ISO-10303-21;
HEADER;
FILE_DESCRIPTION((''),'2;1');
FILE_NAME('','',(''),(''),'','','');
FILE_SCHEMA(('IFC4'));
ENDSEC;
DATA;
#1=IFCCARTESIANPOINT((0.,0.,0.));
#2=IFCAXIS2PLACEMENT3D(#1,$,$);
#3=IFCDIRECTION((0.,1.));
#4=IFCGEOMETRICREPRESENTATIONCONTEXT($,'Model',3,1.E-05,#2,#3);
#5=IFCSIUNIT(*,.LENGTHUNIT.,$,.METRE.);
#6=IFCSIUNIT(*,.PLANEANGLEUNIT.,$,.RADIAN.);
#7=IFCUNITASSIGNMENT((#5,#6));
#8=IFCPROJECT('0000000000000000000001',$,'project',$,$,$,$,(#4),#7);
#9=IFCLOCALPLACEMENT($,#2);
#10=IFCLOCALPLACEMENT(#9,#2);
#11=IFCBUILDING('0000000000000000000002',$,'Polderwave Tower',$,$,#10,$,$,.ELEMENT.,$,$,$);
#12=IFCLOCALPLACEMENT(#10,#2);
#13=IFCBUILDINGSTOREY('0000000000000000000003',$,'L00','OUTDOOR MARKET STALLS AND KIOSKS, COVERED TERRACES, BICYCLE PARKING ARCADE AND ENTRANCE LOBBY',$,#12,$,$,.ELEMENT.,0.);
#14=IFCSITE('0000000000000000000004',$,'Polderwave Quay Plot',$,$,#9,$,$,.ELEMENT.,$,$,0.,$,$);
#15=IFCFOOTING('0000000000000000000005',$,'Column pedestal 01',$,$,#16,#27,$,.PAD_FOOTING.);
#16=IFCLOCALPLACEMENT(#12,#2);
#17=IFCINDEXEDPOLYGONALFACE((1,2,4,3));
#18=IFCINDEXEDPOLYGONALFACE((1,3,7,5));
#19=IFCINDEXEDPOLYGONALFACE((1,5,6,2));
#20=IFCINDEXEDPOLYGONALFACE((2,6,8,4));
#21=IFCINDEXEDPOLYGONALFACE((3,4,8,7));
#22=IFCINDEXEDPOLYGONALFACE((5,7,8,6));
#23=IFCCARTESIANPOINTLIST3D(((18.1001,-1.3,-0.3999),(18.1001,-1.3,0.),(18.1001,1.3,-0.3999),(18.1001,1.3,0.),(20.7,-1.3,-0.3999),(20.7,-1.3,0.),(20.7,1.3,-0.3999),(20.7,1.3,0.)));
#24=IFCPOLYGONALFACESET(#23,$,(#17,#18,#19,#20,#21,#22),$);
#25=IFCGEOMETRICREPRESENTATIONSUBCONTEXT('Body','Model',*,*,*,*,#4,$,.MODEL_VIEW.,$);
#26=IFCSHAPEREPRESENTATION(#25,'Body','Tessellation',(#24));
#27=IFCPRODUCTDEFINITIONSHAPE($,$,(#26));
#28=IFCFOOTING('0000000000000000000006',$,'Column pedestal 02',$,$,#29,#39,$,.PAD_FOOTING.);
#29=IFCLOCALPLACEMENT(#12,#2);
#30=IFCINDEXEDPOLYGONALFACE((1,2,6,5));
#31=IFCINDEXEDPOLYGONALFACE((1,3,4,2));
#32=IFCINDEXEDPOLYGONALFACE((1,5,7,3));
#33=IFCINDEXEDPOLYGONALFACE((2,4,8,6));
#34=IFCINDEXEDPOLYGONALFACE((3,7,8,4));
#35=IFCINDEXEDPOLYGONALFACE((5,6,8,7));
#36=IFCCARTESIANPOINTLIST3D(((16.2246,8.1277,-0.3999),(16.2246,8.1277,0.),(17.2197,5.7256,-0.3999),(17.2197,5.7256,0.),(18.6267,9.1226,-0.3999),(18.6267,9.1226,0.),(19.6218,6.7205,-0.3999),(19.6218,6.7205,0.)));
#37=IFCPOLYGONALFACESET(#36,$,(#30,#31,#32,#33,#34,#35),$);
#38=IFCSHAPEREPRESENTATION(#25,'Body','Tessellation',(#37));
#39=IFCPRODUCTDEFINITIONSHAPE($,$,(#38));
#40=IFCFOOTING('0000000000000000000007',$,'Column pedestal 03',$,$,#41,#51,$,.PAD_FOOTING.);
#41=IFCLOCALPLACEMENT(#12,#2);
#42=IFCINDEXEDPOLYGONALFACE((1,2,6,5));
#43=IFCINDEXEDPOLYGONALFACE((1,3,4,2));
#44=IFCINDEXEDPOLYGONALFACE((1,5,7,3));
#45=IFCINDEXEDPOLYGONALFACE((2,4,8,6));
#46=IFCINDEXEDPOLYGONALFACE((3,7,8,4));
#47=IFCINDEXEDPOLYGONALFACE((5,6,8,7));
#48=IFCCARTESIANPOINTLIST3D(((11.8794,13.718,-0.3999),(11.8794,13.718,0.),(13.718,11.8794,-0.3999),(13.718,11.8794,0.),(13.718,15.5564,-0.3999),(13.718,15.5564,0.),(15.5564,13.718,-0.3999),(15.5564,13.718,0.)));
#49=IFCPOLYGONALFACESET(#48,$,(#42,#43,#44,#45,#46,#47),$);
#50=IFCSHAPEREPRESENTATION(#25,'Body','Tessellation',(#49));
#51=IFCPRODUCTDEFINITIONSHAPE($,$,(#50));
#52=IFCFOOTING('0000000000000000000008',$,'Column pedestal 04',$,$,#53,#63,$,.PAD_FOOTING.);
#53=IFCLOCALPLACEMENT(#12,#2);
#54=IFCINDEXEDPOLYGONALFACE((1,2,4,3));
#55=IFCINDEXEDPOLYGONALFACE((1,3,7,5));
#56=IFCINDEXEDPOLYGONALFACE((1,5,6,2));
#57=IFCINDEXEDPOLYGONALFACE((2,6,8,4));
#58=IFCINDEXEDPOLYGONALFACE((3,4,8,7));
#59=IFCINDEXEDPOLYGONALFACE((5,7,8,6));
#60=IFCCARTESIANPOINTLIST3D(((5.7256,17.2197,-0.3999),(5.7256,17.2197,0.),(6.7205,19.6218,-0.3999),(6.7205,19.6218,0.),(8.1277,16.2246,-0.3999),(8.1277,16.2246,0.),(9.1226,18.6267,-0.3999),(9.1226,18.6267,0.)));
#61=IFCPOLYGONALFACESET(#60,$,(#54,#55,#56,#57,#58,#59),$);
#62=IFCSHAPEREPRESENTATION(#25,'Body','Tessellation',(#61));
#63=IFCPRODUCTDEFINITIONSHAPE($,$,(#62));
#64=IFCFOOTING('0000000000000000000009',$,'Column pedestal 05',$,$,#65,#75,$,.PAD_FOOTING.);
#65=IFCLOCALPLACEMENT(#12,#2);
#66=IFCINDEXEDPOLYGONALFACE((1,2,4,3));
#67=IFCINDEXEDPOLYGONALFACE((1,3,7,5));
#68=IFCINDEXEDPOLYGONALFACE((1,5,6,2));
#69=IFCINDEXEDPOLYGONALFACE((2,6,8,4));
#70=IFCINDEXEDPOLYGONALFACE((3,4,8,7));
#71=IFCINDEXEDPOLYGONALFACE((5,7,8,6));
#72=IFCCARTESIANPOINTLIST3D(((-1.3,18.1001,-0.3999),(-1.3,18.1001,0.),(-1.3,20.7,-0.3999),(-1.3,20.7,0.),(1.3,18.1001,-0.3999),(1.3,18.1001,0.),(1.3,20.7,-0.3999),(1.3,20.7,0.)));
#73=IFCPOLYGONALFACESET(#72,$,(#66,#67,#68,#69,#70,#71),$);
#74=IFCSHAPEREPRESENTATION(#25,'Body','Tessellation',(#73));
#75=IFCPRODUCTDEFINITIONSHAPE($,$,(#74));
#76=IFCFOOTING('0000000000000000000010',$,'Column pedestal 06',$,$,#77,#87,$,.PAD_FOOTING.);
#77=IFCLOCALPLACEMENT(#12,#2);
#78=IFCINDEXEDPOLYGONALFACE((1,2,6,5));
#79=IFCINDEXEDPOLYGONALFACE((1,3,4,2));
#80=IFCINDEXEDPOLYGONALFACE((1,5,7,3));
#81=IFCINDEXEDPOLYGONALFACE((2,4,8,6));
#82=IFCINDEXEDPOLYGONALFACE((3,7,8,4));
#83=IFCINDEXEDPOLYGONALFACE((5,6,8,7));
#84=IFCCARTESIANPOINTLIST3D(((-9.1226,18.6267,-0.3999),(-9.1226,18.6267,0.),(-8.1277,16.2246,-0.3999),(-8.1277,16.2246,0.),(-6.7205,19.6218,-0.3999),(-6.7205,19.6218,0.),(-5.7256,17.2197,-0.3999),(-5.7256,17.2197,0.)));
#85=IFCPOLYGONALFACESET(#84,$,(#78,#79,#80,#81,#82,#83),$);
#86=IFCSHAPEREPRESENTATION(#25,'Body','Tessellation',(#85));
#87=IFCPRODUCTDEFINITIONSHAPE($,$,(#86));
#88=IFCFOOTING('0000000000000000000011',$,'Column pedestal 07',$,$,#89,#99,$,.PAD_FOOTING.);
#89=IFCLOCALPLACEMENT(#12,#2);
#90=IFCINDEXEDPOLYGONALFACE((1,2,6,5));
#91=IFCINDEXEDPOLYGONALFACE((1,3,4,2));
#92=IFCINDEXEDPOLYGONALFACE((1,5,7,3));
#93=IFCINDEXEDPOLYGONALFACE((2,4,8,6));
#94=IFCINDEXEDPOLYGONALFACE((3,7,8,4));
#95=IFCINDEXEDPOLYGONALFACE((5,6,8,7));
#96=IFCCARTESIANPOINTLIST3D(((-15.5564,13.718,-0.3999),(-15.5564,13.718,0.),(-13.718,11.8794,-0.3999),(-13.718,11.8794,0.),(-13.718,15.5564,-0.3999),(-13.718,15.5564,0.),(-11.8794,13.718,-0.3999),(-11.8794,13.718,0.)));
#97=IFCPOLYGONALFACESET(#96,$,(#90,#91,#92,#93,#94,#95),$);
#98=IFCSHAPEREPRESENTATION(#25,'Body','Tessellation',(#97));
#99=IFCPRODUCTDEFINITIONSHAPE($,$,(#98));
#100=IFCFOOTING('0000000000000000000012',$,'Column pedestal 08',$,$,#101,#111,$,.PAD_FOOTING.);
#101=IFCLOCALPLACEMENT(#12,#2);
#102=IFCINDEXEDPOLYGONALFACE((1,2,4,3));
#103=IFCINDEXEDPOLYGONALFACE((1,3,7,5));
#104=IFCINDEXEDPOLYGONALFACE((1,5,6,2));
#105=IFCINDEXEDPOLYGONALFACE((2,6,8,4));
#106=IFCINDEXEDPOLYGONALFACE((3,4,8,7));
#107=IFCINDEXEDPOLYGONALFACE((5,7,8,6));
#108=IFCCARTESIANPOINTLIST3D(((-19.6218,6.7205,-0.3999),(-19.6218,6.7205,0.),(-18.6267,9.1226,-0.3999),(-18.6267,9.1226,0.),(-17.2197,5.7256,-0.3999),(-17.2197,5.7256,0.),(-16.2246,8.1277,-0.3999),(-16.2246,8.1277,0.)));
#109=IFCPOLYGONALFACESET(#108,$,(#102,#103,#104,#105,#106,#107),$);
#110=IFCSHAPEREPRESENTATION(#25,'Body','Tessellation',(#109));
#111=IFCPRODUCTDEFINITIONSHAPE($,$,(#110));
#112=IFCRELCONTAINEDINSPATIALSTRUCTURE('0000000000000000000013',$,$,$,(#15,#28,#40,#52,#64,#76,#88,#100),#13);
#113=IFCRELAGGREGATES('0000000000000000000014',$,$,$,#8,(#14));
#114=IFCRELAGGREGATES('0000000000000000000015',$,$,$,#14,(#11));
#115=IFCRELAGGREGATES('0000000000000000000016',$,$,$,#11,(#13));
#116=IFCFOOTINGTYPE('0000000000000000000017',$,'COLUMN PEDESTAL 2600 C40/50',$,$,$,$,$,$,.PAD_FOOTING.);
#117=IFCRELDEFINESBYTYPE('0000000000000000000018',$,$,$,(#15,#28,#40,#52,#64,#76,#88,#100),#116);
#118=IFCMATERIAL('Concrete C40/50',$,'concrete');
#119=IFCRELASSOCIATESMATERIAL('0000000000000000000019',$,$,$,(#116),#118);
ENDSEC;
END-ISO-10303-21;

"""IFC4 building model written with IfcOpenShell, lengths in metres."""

from ifc_helpers import new_model, si_unit, direction, frame, origin, place, context, subcontext, project, spatial, polyline, outline, extrude, material, type_object, element, save


model = new_model("IFC4")

# Units and contexts
model_context = context("Model", 3, precision=1e-05, world=origin(), true_north=direction((0.0, 1.0)))
body_context = subcontext(model_context, "Body", "Model", "MODEL_VIEW")
ifc_project = project(units=[si_unit("LENGTHUNIT", "METRE"), si_unit("PLANEANGLEUNIT", "RADIAN")], contexts=[model_context])

# Site, building, storey
site_placement = place(None, origin())
site = spatial("IfcSite", under=ifc_project, at=site_placement, Name="Polderwave Quay Plot", CompositionType="ELEMENT", RefElevation=0.0)
building_placement = place(site_placement, origin())
building = spatial("IfcBuilding", under=site, at=building_placement, Name="Polderwave Tower", CompositionType="ELEMENT")
storey_placement = place(building_placement, origin())
storey = spatial("IfcBuildingStorey", under=building, at=storey_placement, Name="L00", Description="OUTDOOR MARKET STALLS AND KIOSKS, COVERED TERRACES, BICYCLE PARKING ARCADE AND ENTRANCE LOBBY", CompositionType="ELEMENT", Elevation=0.0)

# Footings
ifc_material_1 = material(Name="Concrete C40/50", Category="concrete")
footing_type_1 = type_object("IfcFootingType", Name="COLUMN PEDESTAL 2600 C40/50", PredefinedType="PAD_FOOTING", material=ifc_material_1)
footing_1_placement = place(storey_placement, frame((0.0, 0.0, -0.3999)))
element("IfcFooting", 1, at=footing_1_placement, inside=storey, type_object=footing_type_1, Name="Column pedestal 01", PredefinedType="PAD_FOOTING", context=body_context, shape_type="SweptSolid", body=[
    extrude(outline(polyline([(18.1001, -1.3), (20.7, -1.3), (20.7, 1.3), (18.1001, 1.3), (18.1001, -1.3)])), origin(), (0.0, 0.0, 1.0), 0.3999),
])
footing_2_placement = place(storey_placement, frame((0.0, 0.0, -0.3999)))
element("IfcFooting", 2, at=footing_2_placement, inside=storey, type_object=footing_type_1, Name="Column pedestal 02", PredefinedType="PAD_FOOTING", context=body_context, shape_type="SweptSolid", body=[
    extrude(outline(polyline([(17.2197, 5.7256), (19.6218, 6.7205), (18.6267, 9.1226), (16.2246, 8.1277), (17.2197, 5.7256)])), origin(), (0.0, 0.0, 1.0), 0.3999),
])
footing_3_placement = place(storey_placement, frame((0.0, 0.0, -0.3999)))
element("IfcFooting", 3, at=footing_3_placement, inside=storey, type_object=footing_type_1, Name="Column pedestal 03", PredefinedType="PAD_FOOTING", context=body_context, shape_type="SweptSolid", body=[
    extrude(outline(polyline([(13.718, 11.8794), (15.5564, 13.718), (13.718, 15.5564), (11.8794, 13.718), (13.718, 11.8794)])), origin(), (0.0, 0.0, 1.0), 0.3999),
])
footing_4_placement = place(storey_placement, frame((0.0, 0.0, -0.3999)))
element("IfcFooting", 4, at=footing_4_placement, inside=storey, type_object=footing_type_1, Name="Column pedestal 04", PredefinedType="PAD_FOOTING", context=body_context, shape_type="SweptSolid", body=[
    extrude(outline(polyline([(8.1277, 16.2246), (9.1226, 18.6267), (6.7205, 19.6218), (5.7256, 17.2197), (8.1277, 16.2246)])), origin(), (0.0, 0.0, 1.0), 0.3999),
])
footing_5_placement = place(storey_placement, frame((0.0, 0.0, -0.3999)))
element("IfcFooting", 5, at=footing_5_placement, inside=storey, type_object=footing_type_1, Name="Column pedestal 05", PredefinedType="PAD_FOOTING", context=body_context, shape_type="SweptSolid", body=[
    extrude(outline(polyline([(1.3, 18.1001), (1.3, 20.7), (-1.3, 20.7), (-1.3, 18.1001), (1.3, 18.1001)])), origin(), (0.0, 0.0, 1.0), 0.3999),
])
footing_6_placement = place(storey_placement, frame((0.0, 0.0, -0.3999)))
element("IfcFooting", 6, at=footing_6_placement, inside=storey, type_object=footing_type_1, Name="Column pedestal 06", PredefinedType="PAD_FOOTING", context=body_context, shape_type="SweptSolid", body=[
    extrude(outline(polyline([(-5.7256, 17.2197), (-6.7205, 19.6218), (-9.1226, 18.6267), (-8.1277, 16.2246), (-5.7256, 17.2197)])), origin(), (0.0, 0.0, 1.0), 0.3999),
])
footing_7_placement = place(storey_placement, frame((0.0, 0.0, -0.3999)))
element("IfcFooting", 7, at=footing_7_placement, inside=storey, type_object=footing_type_1, Name="Column pedestal 07", PredefinedType="PAD_FOOTING", context=body_context, shape_type="SweptSolid", body=[
    extrude(outline(polyline([(-11.8794, 13.718), (-13.718, 15.5564), (-15.5564, 13.718), (-13.718, 11.8794), (-11.8794, 13.718)])), origin(), (0.0, 0.0, 1.0), 0.3999),
])
footing_8_placement = place(storey_placement, frame((0.0, 0.0, -0.3999)))
element("IfcFooting", 8, at=footing_8_placement, inside=storey, type_object=footing_type_1, Name="Column pedestal 08", PredefinedType="PAD_FOOTING", context=body_context, shape_type="SweptSolid", body=[
    extrude(outline(polyline([(-16.2246, 8.1277), (-18.6267, 9.1226), (-19.6218, 6.7205), (-17.2197, 5.7256), (-16.2246, 8.1277)])), origin(), (0.0, 0.0, 1.0), 0.3999),
])

save(model, "model.ifc")
